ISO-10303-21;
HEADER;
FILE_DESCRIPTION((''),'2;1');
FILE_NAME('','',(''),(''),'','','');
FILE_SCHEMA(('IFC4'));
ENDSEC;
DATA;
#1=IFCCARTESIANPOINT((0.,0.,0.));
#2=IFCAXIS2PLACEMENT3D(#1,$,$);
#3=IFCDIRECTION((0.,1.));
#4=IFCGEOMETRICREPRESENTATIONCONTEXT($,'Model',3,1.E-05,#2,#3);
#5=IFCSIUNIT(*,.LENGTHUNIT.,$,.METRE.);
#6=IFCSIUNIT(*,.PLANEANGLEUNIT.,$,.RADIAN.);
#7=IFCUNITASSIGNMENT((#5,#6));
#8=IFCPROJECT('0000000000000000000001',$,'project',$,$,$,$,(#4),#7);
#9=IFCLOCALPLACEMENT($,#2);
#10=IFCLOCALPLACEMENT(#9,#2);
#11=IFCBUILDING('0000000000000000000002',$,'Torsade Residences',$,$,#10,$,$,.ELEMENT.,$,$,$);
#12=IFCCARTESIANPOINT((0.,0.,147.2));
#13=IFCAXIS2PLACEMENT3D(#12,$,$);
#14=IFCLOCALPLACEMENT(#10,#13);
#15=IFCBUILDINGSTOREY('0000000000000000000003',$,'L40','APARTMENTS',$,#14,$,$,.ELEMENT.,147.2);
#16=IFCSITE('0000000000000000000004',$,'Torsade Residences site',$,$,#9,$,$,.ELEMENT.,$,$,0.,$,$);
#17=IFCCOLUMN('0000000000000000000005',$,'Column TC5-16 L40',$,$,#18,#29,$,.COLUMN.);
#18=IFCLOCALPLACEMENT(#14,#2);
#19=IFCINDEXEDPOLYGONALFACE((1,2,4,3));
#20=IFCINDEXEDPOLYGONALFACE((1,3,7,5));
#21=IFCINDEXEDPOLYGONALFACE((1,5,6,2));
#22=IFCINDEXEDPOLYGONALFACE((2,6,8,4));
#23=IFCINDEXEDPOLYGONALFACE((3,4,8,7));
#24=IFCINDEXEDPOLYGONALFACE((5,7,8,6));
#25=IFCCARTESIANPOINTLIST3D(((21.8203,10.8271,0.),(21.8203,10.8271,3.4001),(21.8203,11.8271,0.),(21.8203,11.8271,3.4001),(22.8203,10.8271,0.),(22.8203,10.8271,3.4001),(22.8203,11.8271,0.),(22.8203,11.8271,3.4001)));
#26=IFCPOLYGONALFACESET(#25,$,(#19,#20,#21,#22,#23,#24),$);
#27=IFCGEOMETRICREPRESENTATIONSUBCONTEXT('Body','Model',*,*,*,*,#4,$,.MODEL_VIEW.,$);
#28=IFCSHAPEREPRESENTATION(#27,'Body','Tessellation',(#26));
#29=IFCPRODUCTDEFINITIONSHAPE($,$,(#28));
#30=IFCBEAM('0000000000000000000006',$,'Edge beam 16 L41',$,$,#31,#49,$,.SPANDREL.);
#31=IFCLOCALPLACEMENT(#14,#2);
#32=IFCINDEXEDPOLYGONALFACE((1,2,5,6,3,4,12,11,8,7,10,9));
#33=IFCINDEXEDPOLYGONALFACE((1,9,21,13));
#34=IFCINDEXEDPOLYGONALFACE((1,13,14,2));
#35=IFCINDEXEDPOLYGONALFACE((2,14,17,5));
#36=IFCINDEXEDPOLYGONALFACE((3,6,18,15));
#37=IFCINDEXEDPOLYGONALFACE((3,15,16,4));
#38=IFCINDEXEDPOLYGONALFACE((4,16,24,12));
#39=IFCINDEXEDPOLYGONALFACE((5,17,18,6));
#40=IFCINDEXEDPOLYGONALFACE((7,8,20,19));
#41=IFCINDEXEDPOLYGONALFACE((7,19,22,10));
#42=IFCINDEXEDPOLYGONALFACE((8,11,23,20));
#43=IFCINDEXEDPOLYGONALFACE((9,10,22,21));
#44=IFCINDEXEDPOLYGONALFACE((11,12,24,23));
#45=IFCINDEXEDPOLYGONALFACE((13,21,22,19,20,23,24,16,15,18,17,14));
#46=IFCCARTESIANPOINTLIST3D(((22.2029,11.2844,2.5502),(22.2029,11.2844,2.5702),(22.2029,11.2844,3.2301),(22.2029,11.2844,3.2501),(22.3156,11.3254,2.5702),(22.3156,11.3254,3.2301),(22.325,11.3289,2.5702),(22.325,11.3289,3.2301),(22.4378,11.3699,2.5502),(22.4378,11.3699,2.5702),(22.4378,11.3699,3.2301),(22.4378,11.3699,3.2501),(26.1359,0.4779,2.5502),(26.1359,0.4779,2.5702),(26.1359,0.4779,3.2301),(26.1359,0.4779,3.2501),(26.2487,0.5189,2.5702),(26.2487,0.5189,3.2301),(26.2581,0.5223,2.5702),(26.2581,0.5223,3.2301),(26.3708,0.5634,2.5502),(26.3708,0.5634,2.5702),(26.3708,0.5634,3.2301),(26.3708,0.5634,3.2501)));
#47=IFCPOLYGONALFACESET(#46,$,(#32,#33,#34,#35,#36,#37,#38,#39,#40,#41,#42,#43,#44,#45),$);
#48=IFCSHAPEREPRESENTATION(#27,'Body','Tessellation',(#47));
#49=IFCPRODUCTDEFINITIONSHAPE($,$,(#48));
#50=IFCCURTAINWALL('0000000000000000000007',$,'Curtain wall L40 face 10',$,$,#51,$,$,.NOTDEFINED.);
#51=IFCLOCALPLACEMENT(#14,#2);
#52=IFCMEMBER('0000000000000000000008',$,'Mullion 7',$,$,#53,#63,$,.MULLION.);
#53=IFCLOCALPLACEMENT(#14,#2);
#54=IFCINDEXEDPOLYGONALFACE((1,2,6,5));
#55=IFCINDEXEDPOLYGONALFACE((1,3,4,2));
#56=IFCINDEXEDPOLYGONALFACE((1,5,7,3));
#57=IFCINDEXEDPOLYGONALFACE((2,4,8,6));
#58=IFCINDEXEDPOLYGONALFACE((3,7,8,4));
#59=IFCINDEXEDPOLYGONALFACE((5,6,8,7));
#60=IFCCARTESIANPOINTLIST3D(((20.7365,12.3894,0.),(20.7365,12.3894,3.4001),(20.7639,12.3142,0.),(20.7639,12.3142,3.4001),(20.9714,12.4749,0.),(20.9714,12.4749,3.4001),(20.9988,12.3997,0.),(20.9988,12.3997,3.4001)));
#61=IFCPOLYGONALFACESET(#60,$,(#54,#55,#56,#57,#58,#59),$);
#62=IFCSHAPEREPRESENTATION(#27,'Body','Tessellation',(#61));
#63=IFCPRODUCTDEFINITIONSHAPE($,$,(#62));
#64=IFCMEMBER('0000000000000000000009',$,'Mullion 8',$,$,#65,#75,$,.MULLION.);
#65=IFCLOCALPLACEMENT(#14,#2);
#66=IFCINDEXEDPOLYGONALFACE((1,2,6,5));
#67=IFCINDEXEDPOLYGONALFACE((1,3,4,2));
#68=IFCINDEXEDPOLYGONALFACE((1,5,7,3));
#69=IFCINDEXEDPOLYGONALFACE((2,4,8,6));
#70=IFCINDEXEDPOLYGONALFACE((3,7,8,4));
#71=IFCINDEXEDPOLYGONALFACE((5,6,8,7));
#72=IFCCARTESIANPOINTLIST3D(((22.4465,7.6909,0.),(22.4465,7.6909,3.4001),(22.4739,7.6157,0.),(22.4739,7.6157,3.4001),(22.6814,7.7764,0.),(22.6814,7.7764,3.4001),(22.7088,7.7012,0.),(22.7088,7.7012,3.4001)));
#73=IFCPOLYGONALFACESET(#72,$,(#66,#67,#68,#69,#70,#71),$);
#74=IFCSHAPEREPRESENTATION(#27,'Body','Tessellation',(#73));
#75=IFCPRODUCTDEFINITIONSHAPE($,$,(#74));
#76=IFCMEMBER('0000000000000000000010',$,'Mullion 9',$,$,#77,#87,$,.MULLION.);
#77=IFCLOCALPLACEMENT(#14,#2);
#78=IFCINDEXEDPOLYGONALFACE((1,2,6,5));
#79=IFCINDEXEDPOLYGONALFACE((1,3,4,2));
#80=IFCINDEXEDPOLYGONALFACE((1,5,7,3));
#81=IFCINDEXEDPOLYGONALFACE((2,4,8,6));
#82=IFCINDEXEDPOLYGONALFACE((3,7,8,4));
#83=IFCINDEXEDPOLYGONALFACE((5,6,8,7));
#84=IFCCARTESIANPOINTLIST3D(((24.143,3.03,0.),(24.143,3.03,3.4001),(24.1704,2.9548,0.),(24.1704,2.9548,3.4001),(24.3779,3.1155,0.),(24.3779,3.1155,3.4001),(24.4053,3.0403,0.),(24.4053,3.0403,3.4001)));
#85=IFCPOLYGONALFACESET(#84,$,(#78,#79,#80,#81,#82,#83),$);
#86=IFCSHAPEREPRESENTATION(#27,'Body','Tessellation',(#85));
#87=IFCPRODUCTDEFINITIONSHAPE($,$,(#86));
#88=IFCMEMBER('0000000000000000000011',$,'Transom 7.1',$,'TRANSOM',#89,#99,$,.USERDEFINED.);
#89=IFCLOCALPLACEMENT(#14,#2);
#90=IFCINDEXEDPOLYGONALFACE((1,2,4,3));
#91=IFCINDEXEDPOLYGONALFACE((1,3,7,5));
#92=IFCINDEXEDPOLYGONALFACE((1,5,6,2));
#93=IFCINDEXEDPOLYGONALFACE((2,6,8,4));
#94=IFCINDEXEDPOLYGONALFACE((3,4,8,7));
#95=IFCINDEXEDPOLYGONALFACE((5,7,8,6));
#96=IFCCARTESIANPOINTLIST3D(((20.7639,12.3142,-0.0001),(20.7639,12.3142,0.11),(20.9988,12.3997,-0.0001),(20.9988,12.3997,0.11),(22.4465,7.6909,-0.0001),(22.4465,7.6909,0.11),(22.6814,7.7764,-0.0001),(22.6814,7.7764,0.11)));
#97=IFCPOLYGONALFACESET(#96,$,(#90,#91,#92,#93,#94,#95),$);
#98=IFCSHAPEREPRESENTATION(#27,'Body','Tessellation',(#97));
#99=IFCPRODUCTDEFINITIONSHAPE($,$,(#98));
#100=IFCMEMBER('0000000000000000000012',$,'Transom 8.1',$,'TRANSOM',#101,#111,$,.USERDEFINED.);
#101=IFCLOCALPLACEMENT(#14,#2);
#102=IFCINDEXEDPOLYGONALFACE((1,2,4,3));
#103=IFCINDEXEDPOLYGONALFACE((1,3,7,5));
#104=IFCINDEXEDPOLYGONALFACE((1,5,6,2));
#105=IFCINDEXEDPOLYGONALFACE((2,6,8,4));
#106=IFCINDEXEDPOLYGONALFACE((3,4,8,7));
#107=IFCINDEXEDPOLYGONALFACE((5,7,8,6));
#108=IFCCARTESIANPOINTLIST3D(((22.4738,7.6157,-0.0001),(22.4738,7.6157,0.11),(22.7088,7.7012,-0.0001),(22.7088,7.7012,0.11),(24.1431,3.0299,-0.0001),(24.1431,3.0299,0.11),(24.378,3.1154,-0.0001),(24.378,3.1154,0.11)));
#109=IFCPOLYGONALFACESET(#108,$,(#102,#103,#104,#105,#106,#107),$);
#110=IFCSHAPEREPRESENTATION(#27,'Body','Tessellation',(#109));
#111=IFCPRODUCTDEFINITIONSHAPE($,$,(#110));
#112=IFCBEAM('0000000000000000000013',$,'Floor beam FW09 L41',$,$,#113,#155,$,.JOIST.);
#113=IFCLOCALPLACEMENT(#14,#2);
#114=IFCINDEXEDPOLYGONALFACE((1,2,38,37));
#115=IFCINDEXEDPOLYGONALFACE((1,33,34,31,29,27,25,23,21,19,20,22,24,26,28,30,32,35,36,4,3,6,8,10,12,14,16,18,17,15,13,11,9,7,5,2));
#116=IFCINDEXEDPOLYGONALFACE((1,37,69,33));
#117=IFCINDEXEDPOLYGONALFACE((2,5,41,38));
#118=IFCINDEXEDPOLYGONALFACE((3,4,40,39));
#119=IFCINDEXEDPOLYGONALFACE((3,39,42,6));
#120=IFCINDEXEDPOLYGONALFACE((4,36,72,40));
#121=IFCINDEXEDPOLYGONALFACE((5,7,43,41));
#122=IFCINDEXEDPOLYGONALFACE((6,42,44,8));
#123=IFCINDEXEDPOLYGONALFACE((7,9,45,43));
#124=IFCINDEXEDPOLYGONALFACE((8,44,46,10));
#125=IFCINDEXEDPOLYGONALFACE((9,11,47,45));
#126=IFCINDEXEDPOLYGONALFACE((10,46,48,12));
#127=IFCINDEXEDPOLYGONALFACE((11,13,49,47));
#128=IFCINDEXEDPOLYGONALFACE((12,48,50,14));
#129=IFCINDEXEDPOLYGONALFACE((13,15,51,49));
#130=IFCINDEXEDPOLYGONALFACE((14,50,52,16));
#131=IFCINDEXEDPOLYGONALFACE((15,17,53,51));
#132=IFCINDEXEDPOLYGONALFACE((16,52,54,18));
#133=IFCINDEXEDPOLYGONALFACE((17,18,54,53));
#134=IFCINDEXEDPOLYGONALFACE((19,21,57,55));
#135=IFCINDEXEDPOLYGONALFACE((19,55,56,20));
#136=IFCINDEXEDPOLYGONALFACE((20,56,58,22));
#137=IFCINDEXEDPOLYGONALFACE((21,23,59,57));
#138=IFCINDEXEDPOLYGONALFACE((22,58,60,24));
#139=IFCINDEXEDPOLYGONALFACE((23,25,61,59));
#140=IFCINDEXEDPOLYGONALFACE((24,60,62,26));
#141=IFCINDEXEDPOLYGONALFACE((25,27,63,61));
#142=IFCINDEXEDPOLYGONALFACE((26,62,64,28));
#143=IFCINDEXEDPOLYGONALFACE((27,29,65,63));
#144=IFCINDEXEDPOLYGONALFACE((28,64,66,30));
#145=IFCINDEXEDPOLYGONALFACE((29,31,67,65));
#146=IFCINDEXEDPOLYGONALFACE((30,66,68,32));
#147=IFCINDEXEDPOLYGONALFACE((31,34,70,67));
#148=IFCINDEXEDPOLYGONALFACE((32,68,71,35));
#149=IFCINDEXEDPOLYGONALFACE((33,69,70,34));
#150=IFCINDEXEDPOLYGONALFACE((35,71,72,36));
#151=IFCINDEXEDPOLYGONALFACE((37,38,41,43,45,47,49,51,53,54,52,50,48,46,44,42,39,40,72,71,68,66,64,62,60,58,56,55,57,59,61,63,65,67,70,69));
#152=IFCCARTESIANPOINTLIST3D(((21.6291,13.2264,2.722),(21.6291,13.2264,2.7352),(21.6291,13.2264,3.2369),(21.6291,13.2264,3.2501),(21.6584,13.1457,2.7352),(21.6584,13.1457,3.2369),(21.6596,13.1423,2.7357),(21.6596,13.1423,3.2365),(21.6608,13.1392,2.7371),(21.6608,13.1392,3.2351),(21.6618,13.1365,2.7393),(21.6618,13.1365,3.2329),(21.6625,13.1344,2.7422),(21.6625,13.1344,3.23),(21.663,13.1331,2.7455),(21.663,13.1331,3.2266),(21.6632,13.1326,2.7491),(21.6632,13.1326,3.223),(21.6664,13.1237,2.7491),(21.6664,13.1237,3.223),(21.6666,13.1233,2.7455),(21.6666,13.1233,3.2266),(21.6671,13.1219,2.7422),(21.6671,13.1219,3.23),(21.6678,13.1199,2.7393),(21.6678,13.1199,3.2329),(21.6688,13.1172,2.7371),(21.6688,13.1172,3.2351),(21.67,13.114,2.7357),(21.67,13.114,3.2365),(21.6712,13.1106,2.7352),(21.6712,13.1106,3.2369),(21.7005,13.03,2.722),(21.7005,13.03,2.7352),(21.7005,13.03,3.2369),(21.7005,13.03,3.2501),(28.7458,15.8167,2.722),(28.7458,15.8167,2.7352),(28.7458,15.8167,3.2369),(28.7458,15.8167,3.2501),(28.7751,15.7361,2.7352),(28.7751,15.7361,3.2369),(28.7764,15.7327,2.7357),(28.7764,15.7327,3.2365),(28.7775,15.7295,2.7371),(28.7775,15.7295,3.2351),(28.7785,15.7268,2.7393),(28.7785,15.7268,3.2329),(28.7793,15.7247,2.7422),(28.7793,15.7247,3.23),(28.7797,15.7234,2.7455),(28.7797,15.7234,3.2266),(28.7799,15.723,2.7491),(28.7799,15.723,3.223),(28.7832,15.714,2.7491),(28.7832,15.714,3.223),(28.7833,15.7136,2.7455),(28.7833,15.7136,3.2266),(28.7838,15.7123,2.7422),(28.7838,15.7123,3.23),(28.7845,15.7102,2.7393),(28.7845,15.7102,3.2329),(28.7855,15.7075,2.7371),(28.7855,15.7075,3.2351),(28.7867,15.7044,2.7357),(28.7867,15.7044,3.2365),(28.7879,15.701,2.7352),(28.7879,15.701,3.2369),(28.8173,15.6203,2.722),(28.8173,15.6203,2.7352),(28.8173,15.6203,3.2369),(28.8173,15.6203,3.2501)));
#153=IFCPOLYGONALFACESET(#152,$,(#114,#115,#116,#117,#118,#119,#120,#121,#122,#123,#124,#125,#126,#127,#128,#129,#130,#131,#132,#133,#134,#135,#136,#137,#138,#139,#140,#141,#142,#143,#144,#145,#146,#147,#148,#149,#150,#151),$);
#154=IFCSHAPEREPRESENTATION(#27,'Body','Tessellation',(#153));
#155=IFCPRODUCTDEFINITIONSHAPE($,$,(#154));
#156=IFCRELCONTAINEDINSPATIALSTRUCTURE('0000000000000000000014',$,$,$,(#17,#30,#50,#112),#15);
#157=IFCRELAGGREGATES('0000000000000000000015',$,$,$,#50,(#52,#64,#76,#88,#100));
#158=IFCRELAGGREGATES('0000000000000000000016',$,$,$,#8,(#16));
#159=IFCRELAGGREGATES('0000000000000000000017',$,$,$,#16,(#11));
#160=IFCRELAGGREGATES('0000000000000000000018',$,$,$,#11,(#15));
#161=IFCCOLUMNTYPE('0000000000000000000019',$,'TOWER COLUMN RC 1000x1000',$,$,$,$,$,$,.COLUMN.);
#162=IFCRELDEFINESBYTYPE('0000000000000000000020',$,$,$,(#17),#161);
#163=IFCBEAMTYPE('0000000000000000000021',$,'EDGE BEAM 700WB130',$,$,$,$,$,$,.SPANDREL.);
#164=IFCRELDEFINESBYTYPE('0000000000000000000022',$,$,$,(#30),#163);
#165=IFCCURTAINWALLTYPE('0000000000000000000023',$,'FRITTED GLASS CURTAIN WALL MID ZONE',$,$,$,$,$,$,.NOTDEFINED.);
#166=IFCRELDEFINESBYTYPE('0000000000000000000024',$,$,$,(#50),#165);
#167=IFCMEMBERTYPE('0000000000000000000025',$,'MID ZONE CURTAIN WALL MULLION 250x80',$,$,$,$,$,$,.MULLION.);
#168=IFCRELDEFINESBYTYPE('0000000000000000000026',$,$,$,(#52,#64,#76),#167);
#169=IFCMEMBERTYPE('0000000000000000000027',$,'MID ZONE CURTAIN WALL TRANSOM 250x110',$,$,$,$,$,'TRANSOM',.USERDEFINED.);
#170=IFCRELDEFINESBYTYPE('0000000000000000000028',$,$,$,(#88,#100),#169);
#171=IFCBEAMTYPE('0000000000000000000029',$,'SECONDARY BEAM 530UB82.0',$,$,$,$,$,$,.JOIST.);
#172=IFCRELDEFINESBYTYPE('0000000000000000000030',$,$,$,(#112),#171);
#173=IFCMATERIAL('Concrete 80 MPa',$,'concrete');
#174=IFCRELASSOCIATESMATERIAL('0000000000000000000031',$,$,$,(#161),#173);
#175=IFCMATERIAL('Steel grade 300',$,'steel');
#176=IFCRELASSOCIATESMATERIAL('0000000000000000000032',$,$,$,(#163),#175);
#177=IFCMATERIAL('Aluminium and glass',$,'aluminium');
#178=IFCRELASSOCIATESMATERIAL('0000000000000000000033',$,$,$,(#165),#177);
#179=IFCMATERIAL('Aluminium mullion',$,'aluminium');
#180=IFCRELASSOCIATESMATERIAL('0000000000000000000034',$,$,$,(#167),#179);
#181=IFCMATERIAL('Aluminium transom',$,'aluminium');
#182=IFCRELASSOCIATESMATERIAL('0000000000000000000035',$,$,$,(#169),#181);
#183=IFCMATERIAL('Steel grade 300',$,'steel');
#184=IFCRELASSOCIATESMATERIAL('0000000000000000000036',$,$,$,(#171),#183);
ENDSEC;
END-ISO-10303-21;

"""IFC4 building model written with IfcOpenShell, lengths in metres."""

from ifc_helpers import new_model, si_unit, direction, frame, origin, origin_2d, place, context, subcontext, project, spatial, rectangle, i_section, extrude, material, material_profile, profile_set, type_object, element, aggregate, save


model = new_model("IFC4")

# Units and contexts
model_context = context("Model", 3, precision=1e-05, world=origin(), true_north=direction((0.0, 1.0)))
body_context = subcontext(model_context, "Body", "Model", "MODEL_VIEW")
ifc_project = project(units=[si_unit("LENGTHUNIT", "METRE"), si_unit("PLANEANGLEUNIT", "RADIAN")], contexts=[model_context])

# Site, building, storey
site_placement = place(None, origin())
site = spatial("IfcSite", under=ifc_project, at=site_placement, Name="Torsade Residences site", CompositionType="ELEMENT", RefElevation=0.0)
building_placement = place(site_placement, origin())
building = spatial("IfcBuilding", under=site, at=building_placement, Name="Torsade Residences", CompositionType="ELEMENT")
storey_placement = place(building_placement, frame((0.0, 0.0, 147.2)))
storey = spatial("IfcBuildingStorey", under=building, at=storey_placement, Name="L40", Description="APARTMENTS", CompositionType="ELEMENT", Elevation=147.2)

# Column
ifc_material_1 = material(Name="Concrete 80 MPa", Category="concrete")
ifc_material_profile_1 = material_profile(ifc_material_1, rectangle(XDim=1.0, YDim=1.0, at=origin_2d()), Name="RC 1000x1000")
ifc_profile_set_1 = profile_set([ifc_material_profile_1], Name="Concrete 80 MPa")
column_type = type_object("IfcColumnType", Name="TOWER COLUMN RC 1000x1000", PredefinedType="COLUMN", material=ifc_profile_set_1)
column_placement = place(storey_placement, frame((22.3203, 11.3271, 0.0), z_axis=(0.0, 0.0, 1.0), x_axis=(1.0, 0.0, 0.0)))
element("IfcColumn", 1, at=column_placement, inside=storey, type_object=column_type, Name="Column TC5-16 L40", PredefinedType="COLUMN", context=body_context, shape_type="SweptSolid", body=[
    extrude(rectangle(XDim=1.0, YDim=1.0, at=origin_2d()), origin(), (0.0, 0.0, 1.0), 3.4001),
])

# Beam
ifc_material_2 = material(Name="Steel grade 300", Category="steel")
ifc_material_profile_2 = material_profile(ifc_material_2, i_section(OverallWidth=0.25, OverallDepth=0.7, WebThickness=0.01, FlangeThickness=0.02, at=origin_2d()), Name="700WB130")
ifc_profile_set_2 = profile_set([ifc_material_profile_2], Name="Steel grade 300")
beam_type_1 = type_object("IfcBeamType", Name="EDGE BEAM 700WB130", PredefinedType="SPANDREL", material=ifc_profile_set_2)
beam_1_placement = place(storey_placement, frame((22.3203, 11.3271, 2.9001), z_axis=(0.342006, -0.939698, 0.0), x_axis=(0.939698, 0.342006, 0.0)))
element("IfcBeam", 2, at=beam_1_placement, inside=storey, type_object=beam_type_1, Name="Edge beam 16 L41", PredefinedType="SPANDREL", context=body_context, shape_type="SweptSolid", body=[
    extrude(i_section(OverallWidth=0.25, OverallDepth=0.7, WebThickness=0.01, FlangeThickness=0.02, at=origin_2d()), origin(), (0.0, 0.0, 1.0), 11.5),
])

# Curtain wall, members
ifc_material_3 = material(Name="Aluminium and glass", Category="aluminium")
curtain_wall_type = type_object("IfcCurtainWallType", Name="FRITTED GLASS CURTAIN WALL MID ZONE", PredefinedType="NOTDEFINED", material=ifc_material_3)
curtain_wall_placement = place(storey_placement, origin())
curtain_wall = element("IfcCurtainWall", 3, at=curtain_wall_placement, inside=storey, type_object=curtain_wall_type, Name="Curtain wall L40 face 10", PredefinedType="NOTDEFINED")
ifc_material_4 = material(Name="Aluminium mullion", Category="aluminium")
ifc_material_profile_3 = material_profile(ifc_material_4, rectangle(XDim=0.25, YDim=0.0801, at=origin_2d()), Name="MID ZONE CURTAIN WALL MULLION 250x80")
ifc_profile_set_3 = profile_set([ifc_material_profile_3], Name="Aluminium mullion")
member_type_1 = type_object("IfcMemberType", Name="MID ZONE CURTAIN WALL MULLION 250x80", PredefinedType="MULLION", material=ifc_profile_set_3)
member_1_placement = place(storey_placement, frame((20.8677, 12.3945, 0.0), z_axis=(0.0, 0.0, 1.0), x_axis=(0.939693, 0.34202, 0.0)))
member_1 = element("IfcMember", 4, at=member_1_placement, type_object=member_type_1, Name="Mullion 7", PredefinedType="MULLION", context=body_context, shape_type="SweptSolid", body=[
    extrude(rectangle(XDim=0.25, YDim=0.0801, at=origin_2d()), origin(), (0.0, 0.0, 1.0), 3.4001),
])
member_2_placement = place(storey_placement, frame((22.5776, 7.696, 0.0), z_axis=(0.0, 0.0, 1.0), x_axis=(0.939693, 0.34202, 0.0)))
member_2 = element("IfcMember", 5, at=member_2_placement, type_object=member_type_1, Name="Mullion 8", PredefinedType="MULLION", context=body_context, shape_type="SweptSolid", body=[
    extrude(rectangle(XDim=0.25, YDim=0.0801, at=origin_2d()), origin(), (0.0, 0.0, 1.0), 3.4001),
])
member_3_placement = place(storey_placement, frame((24.2742, 3.0352, 0.0), z_axis=(0.0, 0.0, 1.0), x_axis=(0.939693, 0.34202, 0.0)))
member_3 = element("IfcMember", 6, at=member_3_placement, type_object=member_type_1, Name="Mullion 9", PredefinedType="MULLION", context=body_context, shape_type="SweptSolid", body=[
    extrude(rectangle(XDim=0.25, YDim=0.0801, at=origin_2d()), origin(), (0.0, 0.0, 1.0), 3.4001),
])
ifc_material_5 = material(Name="Aluminium transom", Category="aluminium")
ifc_material_profile_4 = material_profile(ifc_material_5, rectangle(XDim=0.25, YDim=0.1101, at=origin_2d()), Name="MID ZONE CURTAIN WALL TRANSOM 250x110")
ifc_profile_set_4 = profile_set([ifc_material_profile_4], Name="Aluminium transom")
member_type_2 = type_object("IfcMemberType", Name="MID ZONE CURTAIN WALL TRANSOM 250x110", ElementType="TRANSOM", PredefinedType="USERDEFINED", material=ifc_profile_set_4)
member_4_placement = place(storey_placement, frame((20.8813, 12.3569, 0.0549), z_axis=(0.341998, -0.939701, 0.0), x_axis=(0.939701, 0.341998, 0.0)))
member_4 = element("IfcMember", 7, at=member_4_placement, type_object=member_type_2, Name="Transom 7.1", ObjectType="TRANSOM", PredefinedType="USERDEFINED", context=body_context, shape_type="SweptSolid", body=[
    extrude(rectangle(XDim=0.25, YDim=0.1101, at=origin_2d()), origin(), (0.0, 0.0, 1.0), 4.9199),
])
member_5_placement = place(storey_placement, frame((22.5913, 7.6584, 0.0549), z_axis=(0.342044, -0.939684, 0.0), x_axis=(0.939684, 0.342044, 0.0)))
member_5 = element("IfcMember", 8, at=member_5_placement, type_object=member_type_2, Name="Transom 8.1", ObjectType="TRANSOM", PredefinedType="USERDEFINED", context=body_context, shape_type="SweptSolid", body=[
    extrude(rectangle(XDim=0.25, YDim=0.1101, at=origin_2d()), origin(), (0.0, 0.0, 1.0), 4.8801),
])

# Beam
ifc_material_6 = material(Name="Steel grade 300", Category="steel")
ifc_material_profile_5 = material_profile(ifc_material_6, i_section(OverallWidth=0.209, OverallDepth=0.5281, WebThickness=0.0095, FlangeThickness=0.0132, FilletRadius=0.0139, at=origin_2d()), Name="530UB82.0")
ifc_profile_set_5 = profile_set([ifc_material_profile_5], Name="Steel grade 300")
beam_type_2 = type_object("IfcBeamType", Name="SECONDARY BEAM 530UB82.0", PredefinedType="JOIST", material=ifc_profile_set_5)
beam_2_placement = place(storey_placement, frame((21.6648, 13.1282, 2.9861), z_axis=(0.93969, 0.342028, 0.0), x_axis=(-0.342028, 0.93969, 0.0)))
element("IfcBeam", 9, at=beam_2_placement, inside=storey, type_object=beam_type_2, Name="Floor beam FW09 L41", PredefinedType="JOIST", context=body_context, shape_type="SweptSolid", body=[
    extrude(i_section(OverallWidth=0.209, OverallDepth=0.5281, WebThickness=0.0095, FlangeThickness=0.0132, FilletRadius=0.0139, at=origin_2d()), origin(), (0.0, 0.0, 1.0), 7.5735),
])

aggregate(curtain_wall, [member_1, member_2, member_3, member_4, member_5])

save(model, "model.ifc")
